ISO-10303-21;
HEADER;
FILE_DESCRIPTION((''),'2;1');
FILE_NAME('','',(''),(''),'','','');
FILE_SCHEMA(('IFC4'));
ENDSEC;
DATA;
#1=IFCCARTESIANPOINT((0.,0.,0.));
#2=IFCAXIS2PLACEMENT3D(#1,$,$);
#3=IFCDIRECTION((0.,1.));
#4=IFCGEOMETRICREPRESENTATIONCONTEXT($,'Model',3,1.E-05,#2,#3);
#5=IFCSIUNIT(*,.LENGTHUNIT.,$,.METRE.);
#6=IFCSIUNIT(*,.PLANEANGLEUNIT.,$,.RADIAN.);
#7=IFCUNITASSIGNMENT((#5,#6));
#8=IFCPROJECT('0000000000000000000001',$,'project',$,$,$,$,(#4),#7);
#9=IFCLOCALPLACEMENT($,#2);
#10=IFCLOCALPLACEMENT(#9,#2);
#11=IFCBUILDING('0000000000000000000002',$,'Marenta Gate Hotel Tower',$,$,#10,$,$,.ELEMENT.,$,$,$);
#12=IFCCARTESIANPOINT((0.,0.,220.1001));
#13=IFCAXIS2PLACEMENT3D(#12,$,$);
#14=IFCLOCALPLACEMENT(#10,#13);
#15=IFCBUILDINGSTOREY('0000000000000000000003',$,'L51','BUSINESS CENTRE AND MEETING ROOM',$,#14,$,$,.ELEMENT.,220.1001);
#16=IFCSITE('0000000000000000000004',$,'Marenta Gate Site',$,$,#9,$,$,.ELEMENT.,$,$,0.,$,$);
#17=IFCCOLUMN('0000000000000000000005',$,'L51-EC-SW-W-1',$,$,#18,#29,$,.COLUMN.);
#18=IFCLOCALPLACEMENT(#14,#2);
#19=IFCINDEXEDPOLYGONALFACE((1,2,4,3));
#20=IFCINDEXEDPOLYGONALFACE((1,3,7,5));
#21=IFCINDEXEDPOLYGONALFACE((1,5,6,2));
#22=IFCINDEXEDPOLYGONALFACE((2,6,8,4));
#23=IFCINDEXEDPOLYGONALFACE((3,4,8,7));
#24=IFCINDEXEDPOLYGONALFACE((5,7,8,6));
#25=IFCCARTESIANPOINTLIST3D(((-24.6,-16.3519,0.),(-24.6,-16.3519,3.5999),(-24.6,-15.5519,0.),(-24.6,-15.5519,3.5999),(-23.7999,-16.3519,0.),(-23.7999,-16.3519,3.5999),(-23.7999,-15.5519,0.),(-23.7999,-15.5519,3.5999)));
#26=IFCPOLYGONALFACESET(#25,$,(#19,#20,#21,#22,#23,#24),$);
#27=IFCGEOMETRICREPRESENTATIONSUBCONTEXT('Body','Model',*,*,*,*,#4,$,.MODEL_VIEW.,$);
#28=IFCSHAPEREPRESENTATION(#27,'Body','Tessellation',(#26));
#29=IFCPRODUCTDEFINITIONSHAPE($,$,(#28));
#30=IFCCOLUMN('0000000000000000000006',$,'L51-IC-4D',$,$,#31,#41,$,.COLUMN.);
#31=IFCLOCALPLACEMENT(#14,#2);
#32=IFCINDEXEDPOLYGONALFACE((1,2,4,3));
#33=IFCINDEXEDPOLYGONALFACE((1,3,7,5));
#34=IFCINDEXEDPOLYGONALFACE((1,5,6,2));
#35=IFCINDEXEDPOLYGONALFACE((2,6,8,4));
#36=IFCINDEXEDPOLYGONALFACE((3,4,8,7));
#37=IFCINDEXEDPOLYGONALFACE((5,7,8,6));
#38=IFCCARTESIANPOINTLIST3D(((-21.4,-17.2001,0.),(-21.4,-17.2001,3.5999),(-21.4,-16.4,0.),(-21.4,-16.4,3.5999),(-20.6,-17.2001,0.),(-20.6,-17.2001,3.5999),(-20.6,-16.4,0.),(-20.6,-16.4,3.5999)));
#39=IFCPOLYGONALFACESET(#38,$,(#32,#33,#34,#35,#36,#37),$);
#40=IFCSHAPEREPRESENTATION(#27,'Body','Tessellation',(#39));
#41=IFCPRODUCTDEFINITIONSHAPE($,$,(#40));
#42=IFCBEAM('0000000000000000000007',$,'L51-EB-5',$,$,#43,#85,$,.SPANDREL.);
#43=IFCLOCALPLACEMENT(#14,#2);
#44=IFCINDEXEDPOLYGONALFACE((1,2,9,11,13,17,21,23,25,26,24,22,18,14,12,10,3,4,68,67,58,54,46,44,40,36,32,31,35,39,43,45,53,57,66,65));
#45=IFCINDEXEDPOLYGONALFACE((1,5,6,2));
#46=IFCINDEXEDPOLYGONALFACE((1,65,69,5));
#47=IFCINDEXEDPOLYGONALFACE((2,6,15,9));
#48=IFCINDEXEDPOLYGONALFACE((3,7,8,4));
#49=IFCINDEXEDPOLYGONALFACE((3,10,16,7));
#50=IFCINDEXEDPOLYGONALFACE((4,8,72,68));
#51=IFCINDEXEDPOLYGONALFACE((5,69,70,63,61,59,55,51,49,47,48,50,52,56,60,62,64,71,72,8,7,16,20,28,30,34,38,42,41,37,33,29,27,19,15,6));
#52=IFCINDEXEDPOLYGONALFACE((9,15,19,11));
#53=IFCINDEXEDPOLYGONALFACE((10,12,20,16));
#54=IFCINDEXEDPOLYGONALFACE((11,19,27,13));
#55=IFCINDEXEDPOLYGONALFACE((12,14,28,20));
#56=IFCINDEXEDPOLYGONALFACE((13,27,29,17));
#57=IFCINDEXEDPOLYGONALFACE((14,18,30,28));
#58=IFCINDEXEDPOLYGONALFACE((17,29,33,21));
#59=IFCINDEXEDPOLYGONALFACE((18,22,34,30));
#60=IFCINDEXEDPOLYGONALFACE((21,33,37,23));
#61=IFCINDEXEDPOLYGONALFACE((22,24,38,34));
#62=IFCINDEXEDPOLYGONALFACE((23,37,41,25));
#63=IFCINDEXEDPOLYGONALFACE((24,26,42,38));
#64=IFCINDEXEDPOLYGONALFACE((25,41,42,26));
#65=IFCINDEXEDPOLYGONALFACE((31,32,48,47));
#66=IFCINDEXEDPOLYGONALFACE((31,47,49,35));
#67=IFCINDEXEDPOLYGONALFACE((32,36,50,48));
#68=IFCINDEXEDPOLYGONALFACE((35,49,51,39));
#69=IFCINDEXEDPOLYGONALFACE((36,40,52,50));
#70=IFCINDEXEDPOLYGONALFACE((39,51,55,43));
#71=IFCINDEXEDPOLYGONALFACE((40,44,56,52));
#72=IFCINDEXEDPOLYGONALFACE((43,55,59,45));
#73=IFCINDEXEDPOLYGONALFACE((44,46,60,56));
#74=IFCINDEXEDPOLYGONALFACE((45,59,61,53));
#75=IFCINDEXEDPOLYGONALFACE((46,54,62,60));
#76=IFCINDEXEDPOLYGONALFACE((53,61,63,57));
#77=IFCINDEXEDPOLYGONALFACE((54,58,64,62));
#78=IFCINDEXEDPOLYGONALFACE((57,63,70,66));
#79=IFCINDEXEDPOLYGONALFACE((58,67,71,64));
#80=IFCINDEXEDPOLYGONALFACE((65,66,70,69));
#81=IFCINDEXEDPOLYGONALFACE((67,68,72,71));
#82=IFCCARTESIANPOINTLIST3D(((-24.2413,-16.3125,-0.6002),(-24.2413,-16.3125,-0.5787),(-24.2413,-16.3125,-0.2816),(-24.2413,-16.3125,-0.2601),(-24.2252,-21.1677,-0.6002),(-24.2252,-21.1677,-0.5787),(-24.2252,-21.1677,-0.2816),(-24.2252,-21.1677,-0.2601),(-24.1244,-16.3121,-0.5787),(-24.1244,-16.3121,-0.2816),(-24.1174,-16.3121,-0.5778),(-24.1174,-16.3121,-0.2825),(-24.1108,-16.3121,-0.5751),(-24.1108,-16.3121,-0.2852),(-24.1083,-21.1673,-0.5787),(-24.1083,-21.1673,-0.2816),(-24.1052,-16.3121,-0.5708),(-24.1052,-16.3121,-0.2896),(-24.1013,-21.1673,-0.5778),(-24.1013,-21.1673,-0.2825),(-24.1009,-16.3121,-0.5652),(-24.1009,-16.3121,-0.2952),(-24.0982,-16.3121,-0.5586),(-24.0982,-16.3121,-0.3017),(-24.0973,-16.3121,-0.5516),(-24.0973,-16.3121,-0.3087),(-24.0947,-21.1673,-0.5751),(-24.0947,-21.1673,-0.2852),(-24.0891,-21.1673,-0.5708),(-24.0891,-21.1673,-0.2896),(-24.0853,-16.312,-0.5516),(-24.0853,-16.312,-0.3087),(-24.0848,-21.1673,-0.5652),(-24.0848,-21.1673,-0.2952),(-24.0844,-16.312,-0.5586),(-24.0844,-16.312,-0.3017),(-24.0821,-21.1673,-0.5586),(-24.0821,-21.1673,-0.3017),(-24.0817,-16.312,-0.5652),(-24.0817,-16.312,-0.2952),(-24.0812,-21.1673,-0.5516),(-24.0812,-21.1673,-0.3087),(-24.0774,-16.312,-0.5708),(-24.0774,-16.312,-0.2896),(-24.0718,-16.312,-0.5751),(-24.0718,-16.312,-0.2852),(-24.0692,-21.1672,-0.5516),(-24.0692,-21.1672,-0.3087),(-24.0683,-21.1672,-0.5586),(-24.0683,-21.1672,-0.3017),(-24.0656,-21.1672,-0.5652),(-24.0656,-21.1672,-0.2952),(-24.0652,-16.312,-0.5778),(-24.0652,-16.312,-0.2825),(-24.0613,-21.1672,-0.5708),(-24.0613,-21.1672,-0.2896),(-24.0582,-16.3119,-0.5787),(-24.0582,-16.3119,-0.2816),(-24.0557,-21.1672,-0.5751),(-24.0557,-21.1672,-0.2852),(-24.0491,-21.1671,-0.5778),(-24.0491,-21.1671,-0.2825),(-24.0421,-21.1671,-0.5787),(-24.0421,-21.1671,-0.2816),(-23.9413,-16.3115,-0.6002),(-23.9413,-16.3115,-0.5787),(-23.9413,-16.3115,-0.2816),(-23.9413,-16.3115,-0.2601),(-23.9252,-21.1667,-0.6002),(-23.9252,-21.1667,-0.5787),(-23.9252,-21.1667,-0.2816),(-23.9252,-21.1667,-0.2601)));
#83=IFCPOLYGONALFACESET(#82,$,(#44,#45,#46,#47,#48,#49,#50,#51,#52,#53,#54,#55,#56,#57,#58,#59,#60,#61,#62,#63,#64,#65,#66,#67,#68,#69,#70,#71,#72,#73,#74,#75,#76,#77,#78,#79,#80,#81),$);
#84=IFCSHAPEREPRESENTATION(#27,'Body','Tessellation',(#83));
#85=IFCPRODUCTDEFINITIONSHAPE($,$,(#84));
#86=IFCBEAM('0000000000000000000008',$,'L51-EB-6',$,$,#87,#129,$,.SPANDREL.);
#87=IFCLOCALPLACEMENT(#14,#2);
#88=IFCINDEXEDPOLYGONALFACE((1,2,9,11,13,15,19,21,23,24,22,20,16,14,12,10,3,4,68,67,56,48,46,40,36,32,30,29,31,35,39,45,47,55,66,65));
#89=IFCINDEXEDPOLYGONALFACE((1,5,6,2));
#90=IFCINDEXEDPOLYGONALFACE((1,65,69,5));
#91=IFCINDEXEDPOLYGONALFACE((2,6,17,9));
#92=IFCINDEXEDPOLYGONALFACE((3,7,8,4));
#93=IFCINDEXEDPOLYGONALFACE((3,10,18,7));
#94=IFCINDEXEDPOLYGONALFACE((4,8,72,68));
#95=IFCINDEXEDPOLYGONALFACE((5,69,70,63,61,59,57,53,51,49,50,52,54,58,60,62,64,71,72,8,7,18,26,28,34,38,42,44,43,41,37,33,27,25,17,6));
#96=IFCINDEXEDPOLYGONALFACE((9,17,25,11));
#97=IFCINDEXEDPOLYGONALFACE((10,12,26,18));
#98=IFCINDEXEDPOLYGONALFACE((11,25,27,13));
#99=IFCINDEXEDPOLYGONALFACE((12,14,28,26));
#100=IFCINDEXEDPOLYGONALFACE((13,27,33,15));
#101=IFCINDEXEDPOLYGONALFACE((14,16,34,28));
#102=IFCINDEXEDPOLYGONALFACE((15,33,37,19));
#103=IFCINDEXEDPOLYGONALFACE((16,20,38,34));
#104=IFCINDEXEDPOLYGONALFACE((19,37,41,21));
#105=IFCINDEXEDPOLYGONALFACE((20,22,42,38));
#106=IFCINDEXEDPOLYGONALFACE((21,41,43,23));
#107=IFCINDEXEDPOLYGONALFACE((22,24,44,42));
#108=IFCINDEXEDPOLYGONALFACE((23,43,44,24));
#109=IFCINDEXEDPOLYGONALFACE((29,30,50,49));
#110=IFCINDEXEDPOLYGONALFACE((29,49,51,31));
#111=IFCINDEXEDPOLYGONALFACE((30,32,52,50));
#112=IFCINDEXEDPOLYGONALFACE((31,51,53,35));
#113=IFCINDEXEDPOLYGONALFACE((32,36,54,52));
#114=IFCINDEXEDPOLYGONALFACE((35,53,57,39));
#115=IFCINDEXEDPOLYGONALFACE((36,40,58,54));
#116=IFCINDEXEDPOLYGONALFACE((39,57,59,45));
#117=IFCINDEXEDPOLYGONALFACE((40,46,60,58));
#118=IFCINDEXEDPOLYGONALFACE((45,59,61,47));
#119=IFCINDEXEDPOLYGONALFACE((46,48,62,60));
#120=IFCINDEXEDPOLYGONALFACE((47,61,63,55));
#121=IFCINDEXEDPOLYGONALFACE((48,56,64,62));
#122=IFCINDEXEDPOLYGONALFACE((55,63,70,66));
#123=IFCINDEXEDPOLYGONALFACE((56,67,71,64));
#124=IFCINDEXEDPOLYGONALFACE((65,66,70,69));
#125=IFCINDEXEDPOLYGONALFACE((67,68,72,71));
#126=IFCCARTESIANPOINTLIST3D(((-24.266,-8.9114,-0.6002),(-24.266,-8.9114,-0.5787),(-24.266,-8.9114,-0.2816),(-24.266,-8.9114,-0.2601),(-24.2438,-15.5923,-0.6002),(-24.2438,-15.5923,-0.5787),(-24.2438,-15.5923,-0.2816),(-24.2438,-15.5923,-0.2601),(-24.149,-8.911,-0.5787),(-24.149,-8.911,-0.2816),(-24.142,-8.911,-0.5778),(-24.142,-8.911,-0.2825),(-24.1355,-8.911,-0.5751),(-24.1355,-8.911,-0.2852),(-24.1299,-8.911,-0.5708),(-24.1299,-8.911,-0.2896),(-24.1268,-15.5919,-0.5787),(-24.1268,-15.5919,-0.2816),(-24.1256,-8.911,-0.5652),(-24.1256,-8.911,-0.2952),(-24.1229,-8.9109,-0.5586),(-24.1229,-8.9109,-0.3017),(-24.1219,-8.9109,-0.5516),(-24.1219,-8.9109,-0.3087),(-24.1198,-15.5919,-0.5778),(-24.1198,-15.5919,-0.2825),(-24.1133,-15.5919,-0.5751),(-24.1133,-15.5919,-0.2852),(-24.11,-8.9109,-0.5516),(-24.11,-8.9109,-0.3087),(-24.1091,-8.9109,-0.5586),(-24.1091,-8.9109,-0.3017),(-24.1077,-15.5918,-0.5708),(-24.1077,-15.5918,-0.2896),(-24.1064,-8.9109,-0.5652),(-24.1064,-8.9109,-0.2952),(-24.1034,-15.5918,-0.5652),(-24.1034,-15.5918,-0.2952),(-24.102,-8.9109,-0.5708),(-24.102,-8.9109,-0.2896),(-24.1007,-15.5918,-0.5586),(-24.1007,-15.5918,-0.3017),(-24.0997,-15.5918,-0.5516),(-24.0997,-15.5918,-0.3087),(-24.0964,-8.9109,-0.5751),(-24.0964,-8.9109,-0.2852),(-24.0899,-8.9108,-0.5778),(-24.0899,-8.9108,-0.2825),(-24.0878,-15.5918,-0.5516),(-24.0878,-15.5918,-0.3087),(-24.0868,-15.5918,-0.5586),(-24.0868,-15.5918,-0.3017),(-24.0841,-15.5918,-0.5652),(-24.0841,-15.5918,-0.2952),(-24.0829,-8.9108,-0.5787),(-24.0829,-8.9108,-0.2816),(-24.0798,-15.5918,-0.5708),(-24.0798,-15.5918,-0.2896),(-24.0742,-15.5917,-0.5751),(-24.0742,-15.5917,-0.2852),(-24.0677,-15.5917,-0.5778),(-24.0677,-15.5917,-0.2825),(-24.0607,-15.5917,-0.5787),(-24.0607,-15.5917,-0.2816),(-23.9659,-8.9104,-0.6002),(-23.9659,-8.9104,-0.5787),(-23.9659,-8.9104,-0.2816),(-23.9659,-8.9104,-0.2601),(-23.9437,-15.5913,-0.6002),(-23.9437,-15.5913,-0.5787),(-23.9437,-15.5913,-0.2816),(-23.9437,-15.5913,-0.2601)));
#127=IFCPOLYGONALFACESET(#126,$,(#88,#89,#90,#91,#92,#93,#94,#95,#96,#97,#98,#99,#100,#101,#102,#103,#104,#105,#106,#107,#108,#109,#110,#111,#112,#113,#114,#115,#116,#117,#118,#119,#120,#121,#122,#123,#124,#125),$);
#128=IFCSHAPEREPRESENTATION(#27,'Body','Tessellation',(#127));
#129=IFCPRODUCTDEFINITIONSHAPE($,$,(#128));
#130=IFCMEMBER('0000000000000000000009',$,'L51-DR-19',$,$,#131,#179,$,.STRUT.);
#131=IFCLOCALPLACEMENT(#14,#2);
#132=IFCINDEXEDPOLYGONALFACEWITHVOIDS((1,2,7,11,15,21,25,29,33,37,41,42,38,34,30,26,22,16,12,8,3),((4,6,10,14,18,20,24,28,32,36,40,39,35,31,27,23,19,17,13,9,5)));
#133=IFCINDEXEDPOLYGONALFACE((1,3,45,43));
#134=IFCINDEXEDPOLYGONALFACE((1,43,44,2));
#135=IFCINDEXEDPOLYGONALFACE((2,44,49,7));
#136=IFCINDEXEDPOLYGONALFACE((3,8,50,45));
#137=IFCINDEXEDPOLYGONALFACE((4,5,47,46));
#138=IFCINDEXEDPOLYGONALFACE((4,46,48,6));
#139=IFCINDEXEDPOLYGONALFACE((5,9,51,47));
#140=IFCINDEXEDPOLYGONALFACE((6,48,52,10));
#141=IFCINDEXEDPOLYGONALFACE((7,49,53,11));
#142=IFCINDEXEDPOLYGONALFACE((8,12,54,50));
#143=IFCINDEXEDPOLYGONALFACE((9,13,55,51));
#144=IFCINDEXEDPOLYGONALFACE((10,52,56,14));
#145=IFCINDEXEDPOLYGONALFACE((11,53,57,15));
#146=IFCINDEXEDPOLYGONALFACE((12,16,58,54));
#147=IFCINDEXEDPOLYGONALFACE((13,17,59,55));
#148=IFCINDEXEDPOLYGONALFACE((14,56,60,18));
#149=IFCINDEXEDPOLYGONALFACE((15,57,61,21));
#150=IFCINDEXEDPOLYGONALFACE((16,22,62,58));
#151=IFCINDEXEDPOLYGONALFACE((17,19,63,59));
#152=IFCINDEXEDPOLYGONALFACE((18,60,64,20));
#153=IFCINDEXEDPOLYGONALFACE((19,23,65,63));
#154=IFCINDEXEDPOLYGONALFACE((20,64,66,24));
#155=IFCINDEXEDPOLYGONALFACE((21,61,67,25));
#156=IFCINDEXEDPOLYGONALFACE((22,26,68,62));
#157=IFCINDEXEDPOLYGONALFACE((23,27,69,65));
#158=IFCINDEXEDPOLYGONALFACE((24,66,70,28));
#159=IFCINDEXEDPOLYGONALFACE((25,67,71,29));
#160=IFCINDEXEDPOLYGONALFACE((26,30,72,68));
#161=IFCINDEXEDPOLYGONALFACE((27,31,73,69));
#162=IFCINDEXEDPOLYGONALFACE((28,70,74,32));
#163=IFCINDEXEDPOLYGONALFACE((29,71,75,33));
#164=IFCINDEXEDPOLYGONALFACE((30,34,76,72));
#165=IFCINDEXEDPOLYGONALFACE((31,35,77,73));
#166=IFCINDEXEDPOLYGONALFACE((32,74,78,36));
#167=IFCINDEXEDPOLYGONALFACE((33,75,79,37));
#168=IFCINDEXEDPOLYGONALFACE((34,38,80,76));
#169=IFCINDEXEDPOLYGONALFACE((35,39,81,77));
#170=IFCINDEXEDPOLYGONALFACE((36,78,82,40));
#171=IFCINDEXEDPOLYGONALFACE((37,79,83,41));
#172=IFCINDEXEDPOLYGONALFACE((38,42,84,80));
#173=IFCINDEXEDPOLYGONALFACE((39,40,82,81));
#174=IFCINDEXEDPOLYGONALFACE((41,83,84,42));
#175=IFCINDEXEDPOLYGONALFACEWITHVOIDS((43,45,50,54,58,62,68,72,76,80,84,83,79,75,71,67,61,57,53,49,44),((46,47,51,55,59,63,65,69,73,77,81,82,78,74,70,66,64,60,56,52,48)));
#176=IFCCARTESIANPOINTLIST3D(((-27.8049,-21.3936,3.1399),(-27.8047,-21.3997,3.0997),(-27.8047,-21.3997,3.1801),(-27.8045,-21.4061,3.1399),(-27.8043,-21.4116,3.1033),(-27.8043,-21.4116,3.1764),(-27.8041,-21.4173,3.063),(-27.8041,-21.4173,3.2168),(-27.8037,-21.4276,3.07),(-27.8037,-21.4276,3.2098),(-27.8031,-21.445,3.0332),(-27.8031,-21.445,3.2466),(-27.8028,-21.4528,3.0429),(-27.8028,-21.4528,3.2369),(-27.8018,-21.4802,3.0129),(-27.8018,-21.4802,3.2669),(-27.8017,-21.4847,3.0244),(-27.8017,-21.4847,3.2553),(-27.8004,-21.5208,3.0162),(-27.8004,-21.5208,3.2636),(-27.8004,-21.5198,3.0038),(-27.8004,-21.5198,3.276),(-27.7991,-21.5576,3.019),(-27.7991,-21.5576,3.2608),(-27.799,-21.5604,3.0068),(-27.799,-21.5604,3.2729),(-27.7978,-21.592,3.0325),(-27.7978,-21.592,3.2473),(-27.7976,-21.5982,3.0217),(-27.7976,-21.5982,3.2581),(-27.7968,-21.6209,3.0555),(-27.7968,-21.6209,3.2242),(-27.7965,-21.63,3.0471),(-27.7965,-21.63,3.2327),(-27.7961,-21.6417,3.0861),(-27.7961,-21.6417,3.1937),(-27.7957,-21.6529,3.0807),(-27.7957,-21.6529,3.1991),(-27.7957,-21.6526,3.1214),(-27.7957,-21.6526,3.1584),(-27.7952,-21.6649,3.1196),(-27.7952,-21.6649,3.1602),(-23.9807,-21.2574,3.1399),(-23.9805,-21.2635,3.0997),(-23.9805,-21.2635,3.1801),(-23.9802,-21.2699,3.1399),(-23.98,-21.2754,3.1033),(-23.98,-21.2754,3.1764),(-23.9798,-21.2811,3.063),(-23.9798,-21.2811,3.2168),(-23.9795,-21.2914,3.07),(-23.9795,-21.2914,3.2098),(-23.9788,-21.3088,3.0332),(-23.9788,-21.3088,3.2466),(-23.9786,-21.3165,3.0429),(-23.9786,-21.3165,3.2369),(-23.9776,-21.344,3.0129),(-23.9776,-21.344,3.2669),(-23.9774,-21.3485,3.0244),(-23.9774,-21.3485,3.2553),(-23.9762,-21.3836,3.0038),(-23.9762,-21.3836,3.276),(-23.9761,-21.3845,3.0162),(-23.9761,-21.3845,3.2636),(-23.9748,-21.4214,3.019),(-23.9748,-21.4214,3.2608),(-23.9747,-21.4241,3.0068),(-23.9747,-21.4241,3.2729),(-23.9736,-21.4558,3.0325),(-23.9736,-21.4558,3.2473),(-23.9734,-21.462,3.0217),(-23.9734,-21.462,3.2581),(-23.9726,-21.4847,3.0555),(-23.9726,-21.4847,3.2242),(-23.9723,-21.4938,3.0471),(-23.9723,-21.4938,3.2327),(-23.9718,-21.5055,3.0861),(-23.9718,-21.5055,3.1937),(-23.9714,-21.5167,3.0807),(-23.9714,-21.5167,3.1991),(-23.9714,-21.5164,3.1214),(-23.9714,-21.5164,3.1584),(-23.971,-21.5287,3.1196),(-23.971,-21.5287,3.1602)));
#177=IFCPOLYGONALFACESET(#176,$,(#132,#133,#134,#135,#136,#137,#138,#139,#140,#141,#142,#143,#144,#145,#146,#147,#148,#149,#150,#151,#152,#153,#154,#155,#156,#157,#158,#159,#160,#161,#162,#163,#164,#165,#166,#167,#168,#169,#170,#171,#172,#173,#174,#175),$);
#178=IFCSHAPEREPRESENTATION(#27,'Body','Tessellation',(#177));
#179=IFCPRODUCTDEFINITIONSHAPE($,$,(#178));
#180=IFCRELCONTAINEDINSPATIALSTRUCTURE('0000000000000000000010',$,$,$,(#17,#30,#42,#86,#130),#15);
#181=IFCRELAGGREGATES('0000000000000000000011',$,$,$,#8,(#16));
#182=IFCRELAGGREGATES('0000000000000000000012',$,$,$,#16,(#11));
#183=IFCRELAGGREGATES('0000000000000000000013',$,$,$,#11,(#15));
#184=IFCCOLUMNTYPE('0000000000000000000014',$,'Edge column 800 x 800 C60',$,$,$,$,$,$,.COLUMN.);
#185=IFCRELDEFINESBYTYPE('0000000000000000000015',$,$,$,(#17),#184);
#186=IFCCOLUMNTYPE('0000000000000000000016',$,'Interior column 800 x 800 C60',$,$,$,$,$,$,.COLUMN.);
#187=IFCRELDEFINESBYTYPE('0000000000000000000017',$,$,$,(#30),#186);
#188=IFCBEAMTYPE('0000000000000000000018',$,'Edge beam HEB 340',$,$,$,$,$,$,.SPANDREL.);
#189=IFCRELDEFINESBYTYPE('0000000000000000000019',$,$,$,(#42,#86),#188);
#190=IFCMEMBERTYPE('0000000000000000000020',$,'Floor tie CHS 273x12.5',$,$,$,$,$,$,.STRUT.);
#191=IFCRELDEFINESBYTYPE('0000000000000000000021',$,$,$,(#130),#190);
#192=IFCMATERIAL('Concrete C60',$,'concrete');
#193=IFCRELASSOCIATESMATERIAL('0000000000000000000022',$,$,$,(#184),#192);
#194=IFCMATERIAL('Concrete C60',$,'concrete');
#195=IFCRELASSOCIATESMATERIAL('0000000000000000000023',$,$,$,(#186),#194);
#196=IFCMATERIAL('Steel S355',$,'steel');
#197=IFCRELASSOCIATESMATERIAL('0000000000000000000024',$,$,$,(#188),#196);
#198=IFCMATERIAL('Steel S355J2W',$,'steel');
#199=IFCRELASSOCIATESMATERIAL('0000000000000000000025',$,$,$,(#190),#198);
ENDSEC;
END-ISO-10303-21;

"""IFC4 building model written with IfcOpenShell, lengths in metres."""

from ifc_helpers import new_model, si_unit, direction, frame, origin, origin_2d, place, context, subcontext, project, spatial, rectangle, hollow_circle, i_section, extrude, material, material_profile, profile_set, type_object, element, save


model = new_model("IFC4")

# Units and contexts
model_context = context("Model", 3, precision=1e-05, world=origin(), true_north=direction((0.0, 1.0)))
body_context = subcontext(model_context, "Body", "Model", "MODEL_VIEW")
ifc_project = project(units=[si_unit("LENGTHUNIT", "METRE"), si_unit("PLANEANGLEUNIT", "RADIAN")], contexts=[model_context])

# Site, building, storey
site_placement = place(None, origin())
site = spatial("IfcSite", under=ifc_project, at=site_placement, Name="Marenta Gate Site", CompositionType="ELEMENT", RefElevation=0.0)
building_placement = place(site_placement, origin())
building = spatial("IfcBuilding", under=site, at=building_placement, Name="Marenta Gate Hotel Tower", CompositionType="ELEMENT")
storey_placement = place(building_placement, frame((0.0, 0.0, 220.1001)))
storey = spatial("IfcBuildingStorey", under=building, at=storey_placement, Name="L51", Description="BUSINESS CENTRE AND MEETING ROOM", CompositionType="ELEMENT", Elevation=220.1001)

# Columns
ifc_material_1 = material(Name="Concrete C60", Category="concrete")
ifc_material_profile_1 = material_profile(ifc_material_1, rectangle(XDim=0.8, YDim=0.8, at=origin_2d()), Name="800 x 800")
ifc_profile_set_1 = profile_set([ifc_material_profile_1], Name="Concrete C60")
column_type_1 = type_object("IfcColumnType", Name="Edge column 800 x 800 C60", PredefinedType="COLUMN", material=ifc_profile_set_1)
column_1_placement = place(storey_placement, frame((-24.2, -15.9519, 0.0), z_axis=(0.0, 0.0, 1.0), x_axis=(1.0, 0.0, 0.0)))
element("IfcColumn", 1, at=column_1_placement, inside=storey, type_object=column_type_1, Name="L51-EC-SW-W-1", PredefinedType="COLUMN", context=body_context, shape_type="SweptSolid", body=[
    extrude(rectangle(XDim=0.8, YDim=0.8, at=origin_2d()), origin(), (0.0, 0.0, 1.0), 3.5999),
])
ifc_material_2 = material(Name="Concrete C60", Category="concrete")
ifc_material_profile_2 = material_profile(ifc_material_2, rectangle(XDim=0.8, YDim=0.8, at=origin_2d()), Name="800 x 800")
ifc_profile_set_2 = profile_set([ifc_material_profile_2], Name="Concrete C60")
column_type_2 = type_object("IfcColumnType", Name="Interior column 800 x 800 C60", PredefinedType="COLUMN", material=ifc_profile_set_2)
column_2_placement = place(storey_placement, frame((-21.0, -16.8, 0.0), z_axis=(0.0, 0.0, 1.0), x_axis=(1.0, 0.0, 0.0)))
element("IfcColumn", 2, at=column_2_placement, inside=storey, type_object=column_type_2, Name="L51-IC-4D", PredefinedType="COLUMN", context=body_context, shape_type="SweptSolid", body=[
    extrude(rectangle(XDim=0.8, YDim=0.8, at=origin_2d()), origin(), (0.0, 0.0, 1.0), 3.5999),
])

# Beams
ifc_material_3 = material(Name="Steel S355", Category="steel")
ifc_material_profile_3 = material_profile(ifc_material_3, i_section(OverallWidth=0.3, OverallDepth=0.3401, WebThickness=0.012, FlangeThickness=0.0215, FilletRadius=0.0271, at=origin_2d()), Name="HEB 340")
ifc_profile_set_3 = profile_set([ifc_material_profile_3], Name="Steel S355")
beam_type_1 = type_object("IfcBeamType", Name="Edge beam HEB 340", PredefinedType="SPANDREL", material=ifc_profile_set_3)
beam_1_placement = place(storey_placement, frame((-24.0752, -21.1672, -0.4302), z_axis=(-0.003319, 0.999994, 0.0), x_axis=(-0.999994, -0.003319, 0.0)))
element("IfcBeam", 3, at=beam_1_placement, inside=storey, type_object=beam_type_1, Name="L51-EB-5", PredefinedType="SPANDREL", context=body_context, shape_type="SweptSolid", body=[
    extrude(i_section(OverallWidth=0.3, OverallDepth=0.3401, WebThickness=0.012, FlangeThickness=0.0215, FilletRadius=0.0271, at=origin_2d()), origin(), (0.0, 0.0, 1.0), 4.8552),
])
beam_2_placement = place(storey_placement, frame((-24.0938, -15.5918, -0.4302), z_axis=(-0.003325, 0.999994, 0.0), x_axis=(-0.999994, -0.003325, 0.0)))
element("IfcBeam", 4, at=beam_2_placement, inside=storey, type_object=beam_type_1, Name="L51-EB-6", PredefinedType="SPANDREL", context=body_context, shape_type="SweptSolid", body=[
    extrude(i_section(OverallWidth=0.3, OverallDepth=0.3401, WebThickness=0.012, FlangeThickness=0.0215, FilletRadius=0.0271, at=origin_2d()), origin(), (0.0, 0.0, 1.0), 6.6809),
])

# Member
ifc_material_4 = material(Name="Steel S355J2W", Category="steel")
ifc_material_profile_4 = material_profile(ifc_material_4, hollow_circle(Radius=0.1365, WallThickness=0.0125, at=origin_2d()), Name="CHS 273x12.5")
ifc_profile_set_4 = profile_set([ifc_material_profile_4], Name="Steel S355J2W")
member_type_1 = type_object("IfcMemberType", Name="Floor tie CHS 273x12.5", PredefinedType="STRUT", material=ifc_profile_set_4)
member_1_placement = place(storey_placement, frame((-27.8, -21.53, 3.1399), z_axis=(0.999366, 0.035601, 0.0), x_axis=(-0.035601, 0.999366, 0.0)))
element("IfcMember", 5, at=member_1_placement, inside=storey, type_object=member_type_1, Name="L51-DR-19", PredefinedType="STRUT", context=body_context, shape_type="SweptSolid", body=[
    extrude(hollow_circle(Radius=0.1365, WallThickness=0.0125, at=origin_2d()), origin(), (0.0, 0.0, 1.0), 3.8267),
])

save(model, "model.ifc")
